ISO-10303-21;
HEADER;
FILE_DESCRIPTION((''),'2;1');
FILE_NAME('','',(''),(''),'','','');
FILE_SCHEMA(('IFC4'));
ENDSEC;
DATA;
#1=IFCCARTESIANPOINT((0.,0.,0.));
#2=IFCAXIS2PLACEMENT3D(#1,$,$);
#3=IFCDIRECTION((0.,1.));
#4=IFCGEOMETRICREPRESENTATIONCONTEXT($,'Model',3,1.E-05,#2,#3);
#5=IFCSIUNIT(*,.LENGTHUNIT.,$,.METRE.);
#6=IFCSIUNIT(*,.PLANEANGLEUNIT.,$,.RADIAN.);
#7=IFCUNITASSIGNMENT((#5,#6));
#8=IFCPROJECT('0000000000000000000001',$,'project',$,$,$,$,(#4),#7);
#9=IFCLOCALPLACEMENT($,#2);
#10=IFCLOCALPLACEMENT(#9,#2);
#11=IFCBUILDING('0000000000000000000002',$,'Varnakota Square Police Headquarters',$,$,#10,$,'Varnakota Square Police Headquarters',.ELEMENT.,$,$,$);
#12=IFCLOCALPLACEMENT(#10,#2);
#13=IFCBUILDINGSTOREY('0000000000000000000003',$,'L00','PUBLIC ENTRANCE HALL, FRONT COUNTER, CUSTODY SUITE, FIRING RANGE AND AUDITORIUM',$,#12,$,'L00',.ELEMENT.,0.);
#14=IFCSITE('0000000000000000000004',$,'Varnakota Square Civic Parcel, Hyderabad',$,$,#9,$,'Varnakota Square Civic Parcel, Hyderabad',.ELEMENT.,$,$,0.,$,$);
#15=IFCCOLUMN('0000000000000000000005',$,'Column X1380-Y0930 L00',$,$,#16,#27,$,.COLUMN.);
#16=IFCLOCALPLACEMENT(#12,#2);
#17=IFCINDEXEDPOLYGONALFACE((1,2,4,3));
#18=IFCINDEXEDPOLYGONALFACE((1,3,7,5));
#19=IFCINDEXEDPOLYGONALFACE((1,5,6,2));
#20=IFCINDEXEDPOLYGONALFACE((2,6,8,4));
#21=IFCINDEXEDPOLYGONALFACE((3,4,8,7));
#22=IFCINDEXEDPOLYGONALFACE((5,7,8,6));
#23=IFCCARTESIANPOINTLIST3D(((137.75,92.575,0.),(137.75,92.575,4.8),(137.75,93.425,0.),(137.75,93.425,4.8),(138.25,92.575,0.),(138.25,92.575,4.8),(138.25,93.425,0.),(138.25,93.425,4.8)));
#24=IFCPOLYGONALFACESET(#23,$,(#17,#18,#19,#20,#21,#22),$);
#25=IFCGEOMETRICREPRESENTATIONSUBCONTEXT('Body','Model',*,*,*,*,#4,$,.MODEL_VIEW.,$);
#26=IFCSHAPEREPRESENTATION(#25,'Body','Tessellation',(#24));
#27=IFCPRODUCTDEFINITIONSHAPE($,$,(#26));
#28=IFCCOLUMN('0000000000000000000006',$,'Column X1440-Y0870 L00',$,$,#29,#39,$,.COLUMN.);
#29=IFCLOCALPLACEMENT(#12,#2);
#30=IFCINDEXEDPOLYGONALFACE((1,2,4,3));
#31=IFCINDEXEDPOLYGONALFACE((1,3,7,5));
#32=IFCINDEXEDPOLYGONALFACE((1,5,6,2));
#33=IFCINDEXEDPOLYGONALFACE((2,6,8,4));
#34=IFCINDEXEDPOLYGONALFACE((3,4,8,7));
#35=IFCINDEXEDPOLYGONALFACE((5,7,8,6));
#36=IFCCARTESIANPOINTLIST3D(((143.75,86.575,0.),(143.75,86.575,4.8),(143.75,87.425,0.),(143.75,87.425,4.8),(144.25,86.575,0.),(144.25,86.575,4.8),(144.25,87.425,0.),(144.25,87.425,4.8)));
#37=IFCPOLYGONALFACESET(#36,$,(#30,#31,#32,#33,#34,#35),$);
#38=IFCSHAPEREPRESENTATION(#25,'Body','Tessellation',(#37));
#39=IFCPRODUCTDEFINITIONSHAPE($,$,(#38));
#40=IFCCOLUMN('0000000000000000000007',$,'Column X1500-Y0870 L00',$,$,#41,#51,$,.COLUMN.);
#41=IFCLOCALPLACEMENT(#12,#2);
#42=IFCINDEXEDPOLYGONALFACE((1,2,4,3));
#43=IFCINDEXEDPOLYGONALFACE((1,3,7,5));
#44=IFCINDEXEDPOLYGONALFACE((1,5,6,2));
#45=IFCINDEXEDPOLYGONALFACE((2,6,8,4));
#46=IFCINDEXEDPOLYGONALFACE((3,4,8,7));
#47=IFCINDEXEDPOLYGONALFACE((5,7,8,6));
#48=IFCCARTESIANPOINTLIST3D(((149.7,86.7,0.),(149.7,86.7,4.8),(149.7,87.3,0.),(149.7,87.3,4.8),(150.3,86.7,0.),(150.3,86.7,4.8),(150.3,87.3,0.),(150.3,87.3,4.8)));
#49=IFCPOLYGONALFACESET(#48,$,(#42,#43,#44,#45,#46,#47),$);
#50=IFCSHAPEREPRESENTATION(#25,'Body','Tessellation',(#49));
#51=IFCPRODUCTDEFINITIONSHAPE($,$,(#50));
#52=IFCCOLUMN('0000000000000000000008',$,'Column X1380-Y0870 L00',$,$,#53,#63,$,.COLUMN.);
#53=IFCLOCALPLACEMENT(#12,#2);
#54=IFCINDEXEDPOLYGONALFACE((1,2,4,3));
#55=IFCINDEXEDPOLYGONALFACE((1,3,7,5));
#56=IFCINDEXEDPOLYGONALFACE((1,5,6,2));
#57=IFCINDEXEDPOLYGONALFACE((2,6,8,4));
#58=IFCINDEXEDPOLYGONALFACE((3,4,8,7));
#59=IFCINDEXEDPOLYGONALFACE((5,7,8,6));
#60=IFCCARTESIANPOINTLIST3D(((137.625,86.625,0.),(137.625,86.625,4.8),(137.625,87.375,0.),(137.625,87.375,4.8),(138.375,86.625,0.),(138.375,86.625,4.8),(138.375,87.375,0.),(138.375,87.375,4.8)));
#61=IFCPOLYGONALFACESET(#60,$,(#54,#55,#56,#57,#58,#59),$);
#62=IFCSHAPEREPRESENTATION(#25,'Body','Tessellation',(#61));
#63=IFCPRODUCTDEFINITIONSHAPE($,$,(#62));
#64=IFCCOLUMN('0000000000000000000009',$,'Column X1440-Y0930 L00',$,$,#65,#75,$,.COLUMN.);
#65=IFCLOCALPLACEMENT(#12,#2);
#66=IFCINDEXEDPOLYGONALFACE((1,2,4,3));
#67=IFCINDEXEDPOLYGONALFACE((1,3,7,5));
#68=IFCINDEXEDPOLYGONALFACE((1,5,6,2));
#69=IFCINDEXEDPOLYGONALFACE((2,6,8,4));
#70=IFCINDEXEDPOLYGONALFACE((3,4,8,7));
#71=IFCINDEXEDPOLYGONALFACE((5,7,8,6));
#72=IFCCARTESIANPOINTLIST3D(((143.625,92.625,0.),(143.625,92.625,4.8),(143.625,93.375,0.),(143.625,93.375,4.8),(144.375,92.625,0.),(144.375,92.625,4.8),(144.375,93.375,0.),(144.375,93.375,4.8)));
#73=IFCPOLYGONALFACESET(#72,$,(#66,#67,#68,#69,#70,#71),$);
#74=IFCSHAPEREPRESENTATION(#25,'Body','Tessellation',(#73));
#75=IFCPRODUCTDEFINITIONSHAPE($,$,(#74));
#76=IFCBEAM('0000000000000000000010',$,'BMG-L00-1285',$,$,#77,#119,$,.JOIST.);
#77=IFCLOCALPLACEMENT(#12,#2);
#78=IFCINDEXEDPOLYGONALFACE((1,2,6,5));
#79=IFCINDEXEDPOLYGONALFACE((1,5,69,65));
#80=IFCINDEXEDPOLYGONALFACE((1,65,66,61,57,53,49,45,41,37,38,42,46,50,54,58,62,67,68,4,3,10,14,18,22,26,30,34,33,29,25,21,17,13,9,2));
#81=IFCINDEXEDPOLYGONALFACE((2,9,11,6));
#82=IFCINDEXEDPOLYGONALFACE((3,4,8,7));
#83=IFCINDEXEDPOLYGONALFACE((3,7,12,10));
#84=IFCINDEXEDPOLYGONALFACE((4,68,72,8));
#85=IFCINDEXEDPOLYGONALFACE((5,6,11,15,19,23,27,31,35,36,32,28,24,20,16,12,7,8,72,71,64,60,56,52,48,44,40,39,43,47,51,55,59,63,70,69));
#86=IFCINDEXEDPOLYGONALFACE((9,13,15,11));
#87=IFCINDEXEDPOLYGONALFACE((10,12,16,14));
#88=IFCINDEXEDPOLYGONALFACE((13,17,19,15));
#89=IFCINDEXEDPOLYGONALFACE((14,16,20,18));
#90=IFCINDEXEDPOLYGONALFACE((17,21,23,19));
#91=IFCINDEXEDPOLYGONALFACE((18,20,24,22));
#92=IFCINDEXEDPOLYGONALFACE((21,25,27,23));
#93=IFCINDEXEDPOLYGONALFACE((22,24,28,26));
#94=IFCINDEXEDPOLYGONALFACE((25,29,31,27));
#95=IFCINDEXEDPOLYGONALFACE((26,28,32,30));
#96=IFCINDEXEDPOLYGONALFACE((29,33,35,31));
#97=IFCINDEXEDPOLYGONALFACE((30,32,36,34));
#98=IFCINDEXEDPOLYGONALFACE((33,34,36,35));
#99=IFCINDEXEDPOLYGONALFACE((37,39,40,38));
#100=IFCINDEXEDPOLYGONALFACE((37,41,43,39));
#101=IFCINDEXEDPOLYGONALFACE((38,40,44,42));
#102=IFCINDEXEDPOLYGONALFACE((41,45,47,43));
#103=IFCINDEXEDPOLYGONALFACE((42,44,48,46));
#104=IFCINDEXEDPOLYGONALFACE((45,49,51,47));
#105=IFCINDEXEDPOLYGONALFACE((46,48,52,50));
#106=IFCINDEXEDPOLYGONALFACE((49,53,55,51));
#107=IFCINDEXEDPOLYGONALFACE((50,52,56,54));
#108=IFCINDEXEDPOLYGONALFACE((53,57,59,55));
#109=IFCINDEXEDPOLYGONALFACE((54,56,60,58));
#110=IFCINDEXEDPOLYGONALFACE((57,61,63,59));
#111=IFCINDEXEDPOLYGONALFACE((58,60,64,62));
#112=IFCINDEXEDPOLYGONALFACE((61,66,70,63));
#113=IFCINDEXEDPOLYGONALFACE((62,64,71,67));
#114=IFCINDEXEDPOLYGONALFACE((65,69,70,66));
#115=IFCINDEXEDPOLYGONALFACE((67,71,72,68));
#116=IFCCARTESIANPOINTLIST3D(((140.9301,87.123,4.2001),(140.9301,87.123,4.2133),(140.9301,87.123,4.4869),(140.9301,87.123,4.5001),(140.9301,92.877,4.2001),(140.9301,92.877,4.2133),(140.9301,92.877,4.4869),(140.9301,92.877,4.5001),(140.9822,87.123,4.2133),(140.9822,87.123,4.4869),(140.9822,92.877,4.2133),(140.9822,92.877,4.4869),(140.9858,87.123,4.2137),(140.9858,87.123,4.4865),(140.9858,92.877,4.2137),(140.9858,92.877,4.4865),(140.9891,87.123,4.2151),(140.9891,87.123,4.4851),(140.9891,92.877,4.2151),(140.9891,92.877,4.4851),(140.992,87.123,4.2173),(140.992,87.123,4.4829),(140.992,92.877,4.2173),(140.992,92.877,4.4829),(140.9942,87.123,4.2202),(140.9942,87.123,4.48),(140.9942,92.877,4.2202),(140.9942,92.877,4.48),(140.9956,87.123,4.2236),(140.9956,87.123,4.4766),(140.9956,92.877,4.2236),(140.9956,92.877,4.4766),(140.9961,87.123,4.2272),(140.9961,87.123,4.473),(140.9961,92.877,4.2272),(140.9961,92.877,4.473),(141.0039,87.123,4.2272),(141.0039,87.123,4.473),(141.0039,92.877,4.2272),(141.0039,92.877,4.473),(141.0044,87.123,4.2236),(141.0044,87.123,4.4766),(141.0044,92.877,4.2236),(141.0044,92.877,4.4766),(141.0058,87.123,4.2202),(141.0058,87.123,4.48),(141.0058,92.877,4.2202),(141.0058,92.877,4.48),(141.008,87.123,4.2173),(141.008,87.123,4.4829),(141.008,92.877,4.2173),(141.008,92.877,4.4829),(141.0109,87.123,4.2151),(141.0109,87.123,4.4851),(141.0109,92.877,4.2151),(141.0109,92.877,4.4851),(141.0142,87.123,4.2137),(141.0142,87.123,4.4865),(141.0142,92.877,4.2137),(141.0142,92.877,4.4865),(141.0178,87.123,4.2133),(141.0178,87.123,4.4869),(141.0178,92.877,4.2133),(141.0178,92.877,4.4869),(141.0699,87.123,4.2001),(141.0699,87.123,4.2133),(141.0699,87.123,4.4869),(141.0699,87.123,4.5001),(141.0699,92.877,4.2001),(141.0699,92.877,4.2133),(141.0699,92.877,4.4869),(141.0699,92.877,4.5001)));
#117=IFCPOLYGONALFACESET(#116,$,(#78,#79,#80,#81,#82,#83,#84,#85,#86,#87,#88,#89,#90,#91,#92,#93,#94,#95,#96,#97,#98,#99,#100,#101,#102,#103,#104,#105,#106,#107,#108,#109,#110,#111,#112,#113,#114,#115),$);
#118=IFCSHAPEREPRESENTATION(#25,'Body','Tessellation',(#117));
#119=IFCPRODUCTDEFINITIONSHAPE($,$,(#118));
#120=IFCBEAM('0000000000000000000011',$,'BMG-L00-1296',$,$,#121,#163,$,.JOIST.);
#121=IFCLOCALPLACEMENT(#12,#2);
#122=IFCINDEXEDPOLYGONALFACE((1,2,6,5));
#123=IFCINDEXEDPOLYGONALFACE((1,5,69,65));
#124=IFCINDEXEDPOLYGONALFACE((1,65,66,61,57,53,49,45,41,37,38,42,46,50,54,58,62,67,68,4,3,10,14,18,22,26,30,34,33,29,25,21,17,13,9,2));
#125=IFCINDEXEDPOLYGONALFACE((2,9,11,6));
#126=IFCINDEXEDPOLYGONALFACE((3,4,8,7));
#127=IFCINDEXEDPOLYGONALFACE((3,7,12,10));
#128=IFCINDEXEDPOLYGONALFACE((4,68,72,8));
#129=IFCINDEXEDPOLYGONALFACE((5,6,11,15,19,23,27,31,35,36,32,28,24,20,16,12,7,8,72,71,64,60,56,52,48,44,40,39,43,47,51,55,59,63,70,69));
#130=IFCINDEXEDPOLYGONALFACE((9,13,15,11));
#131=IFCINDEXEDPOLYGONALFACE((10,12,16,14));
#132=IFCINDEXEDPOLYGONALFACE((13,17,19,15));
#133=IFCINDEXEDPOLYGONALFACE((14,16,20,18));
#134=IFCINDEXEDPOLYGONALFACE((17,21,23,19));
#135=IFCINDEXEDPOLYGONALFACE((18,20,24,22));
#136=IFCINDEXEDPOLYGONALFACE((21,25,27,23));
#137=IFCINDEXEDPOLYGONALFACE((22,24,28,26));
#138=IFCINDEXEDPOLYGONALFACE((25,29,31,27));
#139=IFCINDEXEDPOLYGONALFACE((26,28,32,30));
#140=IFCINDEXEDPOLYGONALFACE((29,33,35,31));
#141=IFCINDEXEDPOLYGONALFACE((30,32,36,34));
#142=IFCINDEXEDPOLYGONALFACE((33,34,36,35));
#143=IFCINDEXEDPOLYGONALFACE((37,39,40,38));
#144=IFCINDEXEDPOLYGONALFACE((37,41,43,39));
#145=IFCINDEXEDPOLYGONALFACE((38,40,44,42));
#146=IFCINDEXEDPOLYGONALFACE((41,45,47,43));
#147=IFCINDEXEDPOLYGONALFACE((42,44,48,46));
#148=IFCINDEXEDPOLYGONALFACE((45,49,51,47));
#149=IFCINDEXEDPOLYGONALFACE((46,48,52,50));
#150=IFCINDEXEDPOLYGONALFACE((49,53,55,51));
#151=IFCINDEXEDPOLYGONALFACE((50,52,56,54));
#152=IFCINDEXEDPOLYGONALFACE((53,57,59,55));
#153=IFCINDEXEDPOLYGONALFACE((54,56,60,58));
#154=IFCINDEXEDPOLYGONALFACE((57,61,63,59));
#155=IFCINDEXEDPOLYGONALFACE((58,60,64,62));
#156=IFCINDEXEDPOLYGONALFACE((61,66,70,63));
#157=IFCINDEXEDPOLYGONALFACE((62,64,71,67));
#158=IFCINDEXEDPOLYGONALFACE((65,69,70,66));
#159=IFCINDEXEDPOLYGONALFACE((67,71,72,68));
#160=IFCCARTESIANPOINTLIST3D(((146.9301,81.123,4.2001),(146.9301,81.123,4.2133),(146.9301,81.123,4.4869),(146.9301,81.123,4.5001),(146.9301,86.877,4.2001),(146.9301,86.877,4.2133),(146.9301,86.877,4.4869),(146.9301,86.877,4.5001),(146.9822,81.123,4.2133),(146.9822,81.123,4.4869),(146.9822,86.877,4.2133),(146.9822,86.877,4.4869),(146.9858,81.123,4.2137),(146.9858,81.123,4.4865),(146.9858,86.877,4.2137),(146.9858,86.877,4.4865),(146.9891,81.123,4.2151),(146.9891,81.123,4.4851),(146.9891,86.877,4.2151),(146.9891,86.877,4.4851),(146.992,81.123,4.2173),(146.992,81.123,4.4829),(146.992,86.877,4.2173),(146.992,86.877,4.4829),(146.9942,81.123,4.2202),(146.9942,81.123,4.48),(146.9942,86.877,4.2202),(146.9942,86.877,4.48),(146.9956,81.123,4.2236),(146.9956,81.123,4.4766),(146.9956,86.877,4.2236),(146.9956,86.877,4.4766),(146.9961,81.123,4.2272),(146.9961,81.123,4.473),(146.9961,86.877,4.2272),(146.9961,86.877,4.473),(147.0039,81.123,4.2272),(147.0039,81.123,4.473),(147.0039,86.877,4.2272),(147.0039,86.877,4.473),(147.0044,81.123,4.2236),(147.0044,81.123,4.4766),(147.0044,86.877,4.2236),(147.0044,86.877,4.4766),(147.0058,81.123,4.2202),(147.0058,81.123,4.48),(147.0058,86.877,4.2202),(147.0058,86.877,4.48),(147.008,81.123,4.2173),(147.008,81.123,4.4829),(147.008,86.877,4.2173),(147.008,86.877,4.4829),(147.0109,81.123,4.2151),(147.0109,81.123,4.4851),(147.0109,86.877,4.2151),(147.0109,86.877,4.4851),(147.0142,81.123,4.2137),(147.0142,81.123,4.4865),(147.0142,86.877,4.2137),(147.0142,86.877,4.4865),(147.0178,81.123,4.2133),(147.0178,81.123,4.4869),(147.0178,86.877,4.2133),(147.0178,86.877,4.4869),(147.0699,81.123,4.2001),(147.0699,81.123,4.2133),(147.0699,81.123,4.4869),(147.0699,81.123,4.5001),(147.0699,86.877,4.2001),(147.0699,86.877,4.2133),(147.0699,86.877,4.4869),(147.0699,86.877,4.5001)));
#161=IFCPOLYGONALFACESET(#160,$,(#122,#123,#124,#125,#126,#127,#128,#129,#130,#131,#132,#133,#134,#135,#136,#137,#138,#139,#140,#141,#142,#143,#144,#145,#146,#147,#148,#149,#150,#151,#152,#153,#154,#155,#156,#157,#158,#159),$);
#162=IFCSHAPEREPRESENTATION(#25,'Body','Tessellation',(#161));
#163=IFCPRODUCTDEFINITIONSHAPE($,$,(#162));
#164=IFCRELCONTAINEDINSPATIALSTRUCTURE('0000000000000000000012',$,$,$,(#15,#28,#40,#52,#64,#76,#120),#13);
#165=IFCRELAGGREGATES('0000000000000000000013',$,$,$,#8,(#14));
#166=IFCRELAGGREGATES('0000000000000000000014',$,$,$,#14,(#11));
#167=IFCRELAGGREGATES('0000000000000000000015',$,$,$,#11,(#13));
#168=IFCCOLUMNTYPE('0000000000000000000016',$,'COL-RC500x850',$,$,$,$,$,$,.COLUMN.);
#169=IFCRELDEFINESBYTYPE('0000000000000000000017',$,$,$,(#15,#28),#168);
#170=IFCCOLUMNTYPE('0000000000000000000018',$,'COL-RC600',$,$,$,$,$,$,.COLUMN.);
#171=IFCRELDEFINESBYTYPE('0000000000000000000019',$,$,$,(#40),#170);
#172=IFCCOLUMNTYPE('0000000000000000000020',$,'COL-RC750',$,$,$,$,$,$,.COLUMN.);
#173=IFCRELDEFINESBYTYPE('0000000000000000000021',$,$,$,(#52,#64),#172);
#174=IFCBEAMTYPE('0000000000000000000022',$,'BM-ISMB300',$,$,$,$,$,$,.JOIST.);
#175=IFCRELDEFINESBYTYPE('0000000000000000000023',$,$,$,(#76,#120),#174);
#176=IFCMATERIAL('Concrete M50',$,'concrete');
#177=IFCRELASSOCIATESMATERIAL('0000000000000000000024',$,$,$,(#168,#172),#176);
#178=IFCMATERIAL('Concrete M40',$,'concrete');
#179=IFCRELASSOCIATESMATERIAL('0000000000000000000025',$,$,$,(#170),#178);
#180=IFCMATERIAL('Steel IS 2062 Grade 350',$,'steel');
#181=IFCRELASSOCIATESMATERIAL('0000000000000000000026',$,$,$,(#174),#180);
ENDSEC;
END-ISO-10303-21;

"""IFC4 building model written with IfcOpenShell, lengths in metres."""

from ifc_helpers import new_model, si_unit, direction, frame, origin, origin_2d, place, context, subcontext, project, spatial, rectangle, i_section, extrude, material, material_profile, profile_set, type_object, element, save


model = new_model("IFC4")

# Units and contexts
model_context = context("Model", 3, precision=1e-05, world=origin(), true_north=direction((0.0, 1.0)))
body_context = subcontext(model_context, "Body", "Model", "MODEL_VIEW")
ifc_project = project(units=[si_unit("LENGTHUNIT", "METRE"), si_unit("PLANEANGLEUNIT", "RADIAN")], contexts=[model_context])

# Site, building, storey
site_placement = place(None, origin())
site = spatial("IfcSite", under=ifc_project, at=site_placement, Name="Varnakota Square Civic Parcel, Hyderabad", LongName="Varnakota Square Civic Parcel, Hyderabad", CompositionType="ELEMENT", RefElevation=0.0)
building_placement = place(site_placement, origin())
building = spatial("IfcBuilding", under=site, at=building_placement, Name="Varnakota Square Police Headquarters", LongName="Varnakota Square Police Headquarters", CompositionType="ELEMENT")
storey_placement = place(building_placement, origin())
storey = spatial("IfcBuildingStorey", under=building, at=storey_placement, Name="L00", Description="PUBLIC ENTRANCE HALL, FRONT COUNTER, CUSTODY SUITE, FIRING RANGE AND AUDITORIUM", LongName="L00", CompositionType="ELEMENT", Elevation=0.0)

# Columns
ifc_material_1 = material(Name="Concrete M50", Category="concrete")
ifc_material_profile_1 = material_profile(ifc_material_1, rectangle(XDim=0.5, YDim=0.8501, at=origin_2d()), Name="RC 500x850")
ifc_profile_set_1 = profile_set([ifc_material_profile_1], Name="Concrete M50")
column_type_1 = type_object("IfcColumnType", Name="COL-RC500x850", PredefinedType="COLUMN", material=ifc_profile_set_1)
for number, where, z_axis, x_axis, name in (
    (1, (138.0, 93.0, 0.0), (0.0, 0.0, 1.0), (1.0, 0.0, 0.0), "Column X1380-Y0930 L00"),
    (2, (144.0, 87.0, 0.0), (0.0, 0.0, 1.0), (1.0, 0.0, 0.0), "Column X1440-Y0870 L00"),
):
    element("IfcColumn", number, at=place(storey_placement, frame(where, z_axis=z_axis, x_axis=x_axis)), inside=storey, type_object=column_type_1, Name=name, PredefinedType="COLUMN", context=body_context, shape_type="SweptSolid", body=[
        extrude(rectangle(XDim=0.5, YDim=0.8501, at=origin_2d()), origin(), (0.0, 0.0, 1.0), 4.8),
    ])
ifc_material_2 = material(Name="Concrete M40", Category="concrete")
ifc_material_profile_2 = material_profile(ifc_material_2, rectangle(XDim=0.6001, YDim=0.6001, at=origin_2d()), Name="RC 600x600")
ifc_profile_set_2 = profile_set([ifc_material_profile_2], Name="Concrete M40")
column_type_2 = type_object("IfcColumnType", Name="COL-RC600", PredefinedType="COLUMN", material=ifc_profile_set_2)
column_placement = place(storey_placement, frame((150.0, 87.0, 0.0), z_axis=(0.0, 0.0, 1.0), x_axis=(1.0, 0.0, 0.0)))
element("IfcColumn", 3, at=column_placement, inside=storey, type_object=column_type_2, Name="Column X1500-Y0870 L00", PredefinedType="COLUMN", context=body_context, shape_type="SweptSolid", body=[
    extrude(rectangle(XDim=0.6001, YDim=0.6001, at=origin_2d()), origin(), (0.0, 0.0, 1.0), 4.8),
])
ifc_material_profile_3 = material_profile(ifc_material_1, rectangle(XDim=0.75, YDim=0.75, at=origin_2d()), Name="RC 750x750")
ifc_profile_set_3 = profile_set([ifc_material_profile_3], Name="Concrete M50")
column_type_3 = type_object("IfcColumnType", Name="COL-RC750", PredefinedType="COLUMN", material=ifc_profile_set_3)
for number, where, z_axis, x_axis, name in (
    (4, (138.0, 87.0, 0.0), (0.0, 0.0, 1.0), (1.0, 0.0, 0.0), "Column X1380-Y0870 L00"),
    (5, (144.0, 93.0, 0.0), (0.0, 0.0, 1.0), (1.0, 0.0, 0.0), "Column X1440-Y0930 L00"),
):
    element("IfcColumn", number, at=place(storey_placement, frame(where, z_axis=z_axis, x_axis=x_axis)), inside=storey, type_object=column_type_3, Name=name, PredefinedType="COLUMN", context=body_context, shape_type="SweptSolid", body=[
        extrude(rectangle(XDim=0.75, YDim=0.75, at=origin_2d()), origin(), (0.0, 0.0, 1.0), 4.8),
    ])

# Beams
ifc_material_3 = material(Name="Steel IS 2062 Grade 350", Category="steel")
ifc_material_profile_4 = material_profile(ifc_material_3, i_section(OverallWidth=0.1399, OverallDepth=0.3, WebThickness=0.0078, FlangeThickness=0.0132, FilletRadius=0.0139, at=origin_2d()), Name="ISMB 300")
ifc_profile_set_4 = profile_set([ifc_material_profile_4], Name="Steel IS 2062 Grade 350")
beam_type_1 = type_object("IfcBeamType", Name="BM-ISMB300", PredefinedType="JOIST", material=ifc_profile_set_4)
for number, where, z_axis, x_axis, name in (
    (6, (141.0, 87.123, 4.3501), (0.0, 1.0, 0.0), (-1.0, 0.0, 0.0), "BMG-L00-1285"),
    (7, (147.0, 81.123, 4.3501), (0.0, 1.0, 0.0), (-1.0, 0.0, 0.0), "BMG-L00-1296"),
):
    element("IfcBeam", number, at=place(storey_placement, frame(where, z_axis=z_axis, x_axis=x_axis)), inside=storey, type_object=beam_type_1, Name=name, PredefinedType="JOIST", context=body_context, shape_type="SweptSolid", body=[
        extrude(i_section(OverallWidth=0.1399, OverallDepth=0.3, WebThickness=0.0078, FlangeThickness=0.0132, FilletRadius=0.0139, at=origin_2d()), origin(), (0.0, 0.0, 1.0), 5.7539),
    ])

save(model, "model.ifc")
